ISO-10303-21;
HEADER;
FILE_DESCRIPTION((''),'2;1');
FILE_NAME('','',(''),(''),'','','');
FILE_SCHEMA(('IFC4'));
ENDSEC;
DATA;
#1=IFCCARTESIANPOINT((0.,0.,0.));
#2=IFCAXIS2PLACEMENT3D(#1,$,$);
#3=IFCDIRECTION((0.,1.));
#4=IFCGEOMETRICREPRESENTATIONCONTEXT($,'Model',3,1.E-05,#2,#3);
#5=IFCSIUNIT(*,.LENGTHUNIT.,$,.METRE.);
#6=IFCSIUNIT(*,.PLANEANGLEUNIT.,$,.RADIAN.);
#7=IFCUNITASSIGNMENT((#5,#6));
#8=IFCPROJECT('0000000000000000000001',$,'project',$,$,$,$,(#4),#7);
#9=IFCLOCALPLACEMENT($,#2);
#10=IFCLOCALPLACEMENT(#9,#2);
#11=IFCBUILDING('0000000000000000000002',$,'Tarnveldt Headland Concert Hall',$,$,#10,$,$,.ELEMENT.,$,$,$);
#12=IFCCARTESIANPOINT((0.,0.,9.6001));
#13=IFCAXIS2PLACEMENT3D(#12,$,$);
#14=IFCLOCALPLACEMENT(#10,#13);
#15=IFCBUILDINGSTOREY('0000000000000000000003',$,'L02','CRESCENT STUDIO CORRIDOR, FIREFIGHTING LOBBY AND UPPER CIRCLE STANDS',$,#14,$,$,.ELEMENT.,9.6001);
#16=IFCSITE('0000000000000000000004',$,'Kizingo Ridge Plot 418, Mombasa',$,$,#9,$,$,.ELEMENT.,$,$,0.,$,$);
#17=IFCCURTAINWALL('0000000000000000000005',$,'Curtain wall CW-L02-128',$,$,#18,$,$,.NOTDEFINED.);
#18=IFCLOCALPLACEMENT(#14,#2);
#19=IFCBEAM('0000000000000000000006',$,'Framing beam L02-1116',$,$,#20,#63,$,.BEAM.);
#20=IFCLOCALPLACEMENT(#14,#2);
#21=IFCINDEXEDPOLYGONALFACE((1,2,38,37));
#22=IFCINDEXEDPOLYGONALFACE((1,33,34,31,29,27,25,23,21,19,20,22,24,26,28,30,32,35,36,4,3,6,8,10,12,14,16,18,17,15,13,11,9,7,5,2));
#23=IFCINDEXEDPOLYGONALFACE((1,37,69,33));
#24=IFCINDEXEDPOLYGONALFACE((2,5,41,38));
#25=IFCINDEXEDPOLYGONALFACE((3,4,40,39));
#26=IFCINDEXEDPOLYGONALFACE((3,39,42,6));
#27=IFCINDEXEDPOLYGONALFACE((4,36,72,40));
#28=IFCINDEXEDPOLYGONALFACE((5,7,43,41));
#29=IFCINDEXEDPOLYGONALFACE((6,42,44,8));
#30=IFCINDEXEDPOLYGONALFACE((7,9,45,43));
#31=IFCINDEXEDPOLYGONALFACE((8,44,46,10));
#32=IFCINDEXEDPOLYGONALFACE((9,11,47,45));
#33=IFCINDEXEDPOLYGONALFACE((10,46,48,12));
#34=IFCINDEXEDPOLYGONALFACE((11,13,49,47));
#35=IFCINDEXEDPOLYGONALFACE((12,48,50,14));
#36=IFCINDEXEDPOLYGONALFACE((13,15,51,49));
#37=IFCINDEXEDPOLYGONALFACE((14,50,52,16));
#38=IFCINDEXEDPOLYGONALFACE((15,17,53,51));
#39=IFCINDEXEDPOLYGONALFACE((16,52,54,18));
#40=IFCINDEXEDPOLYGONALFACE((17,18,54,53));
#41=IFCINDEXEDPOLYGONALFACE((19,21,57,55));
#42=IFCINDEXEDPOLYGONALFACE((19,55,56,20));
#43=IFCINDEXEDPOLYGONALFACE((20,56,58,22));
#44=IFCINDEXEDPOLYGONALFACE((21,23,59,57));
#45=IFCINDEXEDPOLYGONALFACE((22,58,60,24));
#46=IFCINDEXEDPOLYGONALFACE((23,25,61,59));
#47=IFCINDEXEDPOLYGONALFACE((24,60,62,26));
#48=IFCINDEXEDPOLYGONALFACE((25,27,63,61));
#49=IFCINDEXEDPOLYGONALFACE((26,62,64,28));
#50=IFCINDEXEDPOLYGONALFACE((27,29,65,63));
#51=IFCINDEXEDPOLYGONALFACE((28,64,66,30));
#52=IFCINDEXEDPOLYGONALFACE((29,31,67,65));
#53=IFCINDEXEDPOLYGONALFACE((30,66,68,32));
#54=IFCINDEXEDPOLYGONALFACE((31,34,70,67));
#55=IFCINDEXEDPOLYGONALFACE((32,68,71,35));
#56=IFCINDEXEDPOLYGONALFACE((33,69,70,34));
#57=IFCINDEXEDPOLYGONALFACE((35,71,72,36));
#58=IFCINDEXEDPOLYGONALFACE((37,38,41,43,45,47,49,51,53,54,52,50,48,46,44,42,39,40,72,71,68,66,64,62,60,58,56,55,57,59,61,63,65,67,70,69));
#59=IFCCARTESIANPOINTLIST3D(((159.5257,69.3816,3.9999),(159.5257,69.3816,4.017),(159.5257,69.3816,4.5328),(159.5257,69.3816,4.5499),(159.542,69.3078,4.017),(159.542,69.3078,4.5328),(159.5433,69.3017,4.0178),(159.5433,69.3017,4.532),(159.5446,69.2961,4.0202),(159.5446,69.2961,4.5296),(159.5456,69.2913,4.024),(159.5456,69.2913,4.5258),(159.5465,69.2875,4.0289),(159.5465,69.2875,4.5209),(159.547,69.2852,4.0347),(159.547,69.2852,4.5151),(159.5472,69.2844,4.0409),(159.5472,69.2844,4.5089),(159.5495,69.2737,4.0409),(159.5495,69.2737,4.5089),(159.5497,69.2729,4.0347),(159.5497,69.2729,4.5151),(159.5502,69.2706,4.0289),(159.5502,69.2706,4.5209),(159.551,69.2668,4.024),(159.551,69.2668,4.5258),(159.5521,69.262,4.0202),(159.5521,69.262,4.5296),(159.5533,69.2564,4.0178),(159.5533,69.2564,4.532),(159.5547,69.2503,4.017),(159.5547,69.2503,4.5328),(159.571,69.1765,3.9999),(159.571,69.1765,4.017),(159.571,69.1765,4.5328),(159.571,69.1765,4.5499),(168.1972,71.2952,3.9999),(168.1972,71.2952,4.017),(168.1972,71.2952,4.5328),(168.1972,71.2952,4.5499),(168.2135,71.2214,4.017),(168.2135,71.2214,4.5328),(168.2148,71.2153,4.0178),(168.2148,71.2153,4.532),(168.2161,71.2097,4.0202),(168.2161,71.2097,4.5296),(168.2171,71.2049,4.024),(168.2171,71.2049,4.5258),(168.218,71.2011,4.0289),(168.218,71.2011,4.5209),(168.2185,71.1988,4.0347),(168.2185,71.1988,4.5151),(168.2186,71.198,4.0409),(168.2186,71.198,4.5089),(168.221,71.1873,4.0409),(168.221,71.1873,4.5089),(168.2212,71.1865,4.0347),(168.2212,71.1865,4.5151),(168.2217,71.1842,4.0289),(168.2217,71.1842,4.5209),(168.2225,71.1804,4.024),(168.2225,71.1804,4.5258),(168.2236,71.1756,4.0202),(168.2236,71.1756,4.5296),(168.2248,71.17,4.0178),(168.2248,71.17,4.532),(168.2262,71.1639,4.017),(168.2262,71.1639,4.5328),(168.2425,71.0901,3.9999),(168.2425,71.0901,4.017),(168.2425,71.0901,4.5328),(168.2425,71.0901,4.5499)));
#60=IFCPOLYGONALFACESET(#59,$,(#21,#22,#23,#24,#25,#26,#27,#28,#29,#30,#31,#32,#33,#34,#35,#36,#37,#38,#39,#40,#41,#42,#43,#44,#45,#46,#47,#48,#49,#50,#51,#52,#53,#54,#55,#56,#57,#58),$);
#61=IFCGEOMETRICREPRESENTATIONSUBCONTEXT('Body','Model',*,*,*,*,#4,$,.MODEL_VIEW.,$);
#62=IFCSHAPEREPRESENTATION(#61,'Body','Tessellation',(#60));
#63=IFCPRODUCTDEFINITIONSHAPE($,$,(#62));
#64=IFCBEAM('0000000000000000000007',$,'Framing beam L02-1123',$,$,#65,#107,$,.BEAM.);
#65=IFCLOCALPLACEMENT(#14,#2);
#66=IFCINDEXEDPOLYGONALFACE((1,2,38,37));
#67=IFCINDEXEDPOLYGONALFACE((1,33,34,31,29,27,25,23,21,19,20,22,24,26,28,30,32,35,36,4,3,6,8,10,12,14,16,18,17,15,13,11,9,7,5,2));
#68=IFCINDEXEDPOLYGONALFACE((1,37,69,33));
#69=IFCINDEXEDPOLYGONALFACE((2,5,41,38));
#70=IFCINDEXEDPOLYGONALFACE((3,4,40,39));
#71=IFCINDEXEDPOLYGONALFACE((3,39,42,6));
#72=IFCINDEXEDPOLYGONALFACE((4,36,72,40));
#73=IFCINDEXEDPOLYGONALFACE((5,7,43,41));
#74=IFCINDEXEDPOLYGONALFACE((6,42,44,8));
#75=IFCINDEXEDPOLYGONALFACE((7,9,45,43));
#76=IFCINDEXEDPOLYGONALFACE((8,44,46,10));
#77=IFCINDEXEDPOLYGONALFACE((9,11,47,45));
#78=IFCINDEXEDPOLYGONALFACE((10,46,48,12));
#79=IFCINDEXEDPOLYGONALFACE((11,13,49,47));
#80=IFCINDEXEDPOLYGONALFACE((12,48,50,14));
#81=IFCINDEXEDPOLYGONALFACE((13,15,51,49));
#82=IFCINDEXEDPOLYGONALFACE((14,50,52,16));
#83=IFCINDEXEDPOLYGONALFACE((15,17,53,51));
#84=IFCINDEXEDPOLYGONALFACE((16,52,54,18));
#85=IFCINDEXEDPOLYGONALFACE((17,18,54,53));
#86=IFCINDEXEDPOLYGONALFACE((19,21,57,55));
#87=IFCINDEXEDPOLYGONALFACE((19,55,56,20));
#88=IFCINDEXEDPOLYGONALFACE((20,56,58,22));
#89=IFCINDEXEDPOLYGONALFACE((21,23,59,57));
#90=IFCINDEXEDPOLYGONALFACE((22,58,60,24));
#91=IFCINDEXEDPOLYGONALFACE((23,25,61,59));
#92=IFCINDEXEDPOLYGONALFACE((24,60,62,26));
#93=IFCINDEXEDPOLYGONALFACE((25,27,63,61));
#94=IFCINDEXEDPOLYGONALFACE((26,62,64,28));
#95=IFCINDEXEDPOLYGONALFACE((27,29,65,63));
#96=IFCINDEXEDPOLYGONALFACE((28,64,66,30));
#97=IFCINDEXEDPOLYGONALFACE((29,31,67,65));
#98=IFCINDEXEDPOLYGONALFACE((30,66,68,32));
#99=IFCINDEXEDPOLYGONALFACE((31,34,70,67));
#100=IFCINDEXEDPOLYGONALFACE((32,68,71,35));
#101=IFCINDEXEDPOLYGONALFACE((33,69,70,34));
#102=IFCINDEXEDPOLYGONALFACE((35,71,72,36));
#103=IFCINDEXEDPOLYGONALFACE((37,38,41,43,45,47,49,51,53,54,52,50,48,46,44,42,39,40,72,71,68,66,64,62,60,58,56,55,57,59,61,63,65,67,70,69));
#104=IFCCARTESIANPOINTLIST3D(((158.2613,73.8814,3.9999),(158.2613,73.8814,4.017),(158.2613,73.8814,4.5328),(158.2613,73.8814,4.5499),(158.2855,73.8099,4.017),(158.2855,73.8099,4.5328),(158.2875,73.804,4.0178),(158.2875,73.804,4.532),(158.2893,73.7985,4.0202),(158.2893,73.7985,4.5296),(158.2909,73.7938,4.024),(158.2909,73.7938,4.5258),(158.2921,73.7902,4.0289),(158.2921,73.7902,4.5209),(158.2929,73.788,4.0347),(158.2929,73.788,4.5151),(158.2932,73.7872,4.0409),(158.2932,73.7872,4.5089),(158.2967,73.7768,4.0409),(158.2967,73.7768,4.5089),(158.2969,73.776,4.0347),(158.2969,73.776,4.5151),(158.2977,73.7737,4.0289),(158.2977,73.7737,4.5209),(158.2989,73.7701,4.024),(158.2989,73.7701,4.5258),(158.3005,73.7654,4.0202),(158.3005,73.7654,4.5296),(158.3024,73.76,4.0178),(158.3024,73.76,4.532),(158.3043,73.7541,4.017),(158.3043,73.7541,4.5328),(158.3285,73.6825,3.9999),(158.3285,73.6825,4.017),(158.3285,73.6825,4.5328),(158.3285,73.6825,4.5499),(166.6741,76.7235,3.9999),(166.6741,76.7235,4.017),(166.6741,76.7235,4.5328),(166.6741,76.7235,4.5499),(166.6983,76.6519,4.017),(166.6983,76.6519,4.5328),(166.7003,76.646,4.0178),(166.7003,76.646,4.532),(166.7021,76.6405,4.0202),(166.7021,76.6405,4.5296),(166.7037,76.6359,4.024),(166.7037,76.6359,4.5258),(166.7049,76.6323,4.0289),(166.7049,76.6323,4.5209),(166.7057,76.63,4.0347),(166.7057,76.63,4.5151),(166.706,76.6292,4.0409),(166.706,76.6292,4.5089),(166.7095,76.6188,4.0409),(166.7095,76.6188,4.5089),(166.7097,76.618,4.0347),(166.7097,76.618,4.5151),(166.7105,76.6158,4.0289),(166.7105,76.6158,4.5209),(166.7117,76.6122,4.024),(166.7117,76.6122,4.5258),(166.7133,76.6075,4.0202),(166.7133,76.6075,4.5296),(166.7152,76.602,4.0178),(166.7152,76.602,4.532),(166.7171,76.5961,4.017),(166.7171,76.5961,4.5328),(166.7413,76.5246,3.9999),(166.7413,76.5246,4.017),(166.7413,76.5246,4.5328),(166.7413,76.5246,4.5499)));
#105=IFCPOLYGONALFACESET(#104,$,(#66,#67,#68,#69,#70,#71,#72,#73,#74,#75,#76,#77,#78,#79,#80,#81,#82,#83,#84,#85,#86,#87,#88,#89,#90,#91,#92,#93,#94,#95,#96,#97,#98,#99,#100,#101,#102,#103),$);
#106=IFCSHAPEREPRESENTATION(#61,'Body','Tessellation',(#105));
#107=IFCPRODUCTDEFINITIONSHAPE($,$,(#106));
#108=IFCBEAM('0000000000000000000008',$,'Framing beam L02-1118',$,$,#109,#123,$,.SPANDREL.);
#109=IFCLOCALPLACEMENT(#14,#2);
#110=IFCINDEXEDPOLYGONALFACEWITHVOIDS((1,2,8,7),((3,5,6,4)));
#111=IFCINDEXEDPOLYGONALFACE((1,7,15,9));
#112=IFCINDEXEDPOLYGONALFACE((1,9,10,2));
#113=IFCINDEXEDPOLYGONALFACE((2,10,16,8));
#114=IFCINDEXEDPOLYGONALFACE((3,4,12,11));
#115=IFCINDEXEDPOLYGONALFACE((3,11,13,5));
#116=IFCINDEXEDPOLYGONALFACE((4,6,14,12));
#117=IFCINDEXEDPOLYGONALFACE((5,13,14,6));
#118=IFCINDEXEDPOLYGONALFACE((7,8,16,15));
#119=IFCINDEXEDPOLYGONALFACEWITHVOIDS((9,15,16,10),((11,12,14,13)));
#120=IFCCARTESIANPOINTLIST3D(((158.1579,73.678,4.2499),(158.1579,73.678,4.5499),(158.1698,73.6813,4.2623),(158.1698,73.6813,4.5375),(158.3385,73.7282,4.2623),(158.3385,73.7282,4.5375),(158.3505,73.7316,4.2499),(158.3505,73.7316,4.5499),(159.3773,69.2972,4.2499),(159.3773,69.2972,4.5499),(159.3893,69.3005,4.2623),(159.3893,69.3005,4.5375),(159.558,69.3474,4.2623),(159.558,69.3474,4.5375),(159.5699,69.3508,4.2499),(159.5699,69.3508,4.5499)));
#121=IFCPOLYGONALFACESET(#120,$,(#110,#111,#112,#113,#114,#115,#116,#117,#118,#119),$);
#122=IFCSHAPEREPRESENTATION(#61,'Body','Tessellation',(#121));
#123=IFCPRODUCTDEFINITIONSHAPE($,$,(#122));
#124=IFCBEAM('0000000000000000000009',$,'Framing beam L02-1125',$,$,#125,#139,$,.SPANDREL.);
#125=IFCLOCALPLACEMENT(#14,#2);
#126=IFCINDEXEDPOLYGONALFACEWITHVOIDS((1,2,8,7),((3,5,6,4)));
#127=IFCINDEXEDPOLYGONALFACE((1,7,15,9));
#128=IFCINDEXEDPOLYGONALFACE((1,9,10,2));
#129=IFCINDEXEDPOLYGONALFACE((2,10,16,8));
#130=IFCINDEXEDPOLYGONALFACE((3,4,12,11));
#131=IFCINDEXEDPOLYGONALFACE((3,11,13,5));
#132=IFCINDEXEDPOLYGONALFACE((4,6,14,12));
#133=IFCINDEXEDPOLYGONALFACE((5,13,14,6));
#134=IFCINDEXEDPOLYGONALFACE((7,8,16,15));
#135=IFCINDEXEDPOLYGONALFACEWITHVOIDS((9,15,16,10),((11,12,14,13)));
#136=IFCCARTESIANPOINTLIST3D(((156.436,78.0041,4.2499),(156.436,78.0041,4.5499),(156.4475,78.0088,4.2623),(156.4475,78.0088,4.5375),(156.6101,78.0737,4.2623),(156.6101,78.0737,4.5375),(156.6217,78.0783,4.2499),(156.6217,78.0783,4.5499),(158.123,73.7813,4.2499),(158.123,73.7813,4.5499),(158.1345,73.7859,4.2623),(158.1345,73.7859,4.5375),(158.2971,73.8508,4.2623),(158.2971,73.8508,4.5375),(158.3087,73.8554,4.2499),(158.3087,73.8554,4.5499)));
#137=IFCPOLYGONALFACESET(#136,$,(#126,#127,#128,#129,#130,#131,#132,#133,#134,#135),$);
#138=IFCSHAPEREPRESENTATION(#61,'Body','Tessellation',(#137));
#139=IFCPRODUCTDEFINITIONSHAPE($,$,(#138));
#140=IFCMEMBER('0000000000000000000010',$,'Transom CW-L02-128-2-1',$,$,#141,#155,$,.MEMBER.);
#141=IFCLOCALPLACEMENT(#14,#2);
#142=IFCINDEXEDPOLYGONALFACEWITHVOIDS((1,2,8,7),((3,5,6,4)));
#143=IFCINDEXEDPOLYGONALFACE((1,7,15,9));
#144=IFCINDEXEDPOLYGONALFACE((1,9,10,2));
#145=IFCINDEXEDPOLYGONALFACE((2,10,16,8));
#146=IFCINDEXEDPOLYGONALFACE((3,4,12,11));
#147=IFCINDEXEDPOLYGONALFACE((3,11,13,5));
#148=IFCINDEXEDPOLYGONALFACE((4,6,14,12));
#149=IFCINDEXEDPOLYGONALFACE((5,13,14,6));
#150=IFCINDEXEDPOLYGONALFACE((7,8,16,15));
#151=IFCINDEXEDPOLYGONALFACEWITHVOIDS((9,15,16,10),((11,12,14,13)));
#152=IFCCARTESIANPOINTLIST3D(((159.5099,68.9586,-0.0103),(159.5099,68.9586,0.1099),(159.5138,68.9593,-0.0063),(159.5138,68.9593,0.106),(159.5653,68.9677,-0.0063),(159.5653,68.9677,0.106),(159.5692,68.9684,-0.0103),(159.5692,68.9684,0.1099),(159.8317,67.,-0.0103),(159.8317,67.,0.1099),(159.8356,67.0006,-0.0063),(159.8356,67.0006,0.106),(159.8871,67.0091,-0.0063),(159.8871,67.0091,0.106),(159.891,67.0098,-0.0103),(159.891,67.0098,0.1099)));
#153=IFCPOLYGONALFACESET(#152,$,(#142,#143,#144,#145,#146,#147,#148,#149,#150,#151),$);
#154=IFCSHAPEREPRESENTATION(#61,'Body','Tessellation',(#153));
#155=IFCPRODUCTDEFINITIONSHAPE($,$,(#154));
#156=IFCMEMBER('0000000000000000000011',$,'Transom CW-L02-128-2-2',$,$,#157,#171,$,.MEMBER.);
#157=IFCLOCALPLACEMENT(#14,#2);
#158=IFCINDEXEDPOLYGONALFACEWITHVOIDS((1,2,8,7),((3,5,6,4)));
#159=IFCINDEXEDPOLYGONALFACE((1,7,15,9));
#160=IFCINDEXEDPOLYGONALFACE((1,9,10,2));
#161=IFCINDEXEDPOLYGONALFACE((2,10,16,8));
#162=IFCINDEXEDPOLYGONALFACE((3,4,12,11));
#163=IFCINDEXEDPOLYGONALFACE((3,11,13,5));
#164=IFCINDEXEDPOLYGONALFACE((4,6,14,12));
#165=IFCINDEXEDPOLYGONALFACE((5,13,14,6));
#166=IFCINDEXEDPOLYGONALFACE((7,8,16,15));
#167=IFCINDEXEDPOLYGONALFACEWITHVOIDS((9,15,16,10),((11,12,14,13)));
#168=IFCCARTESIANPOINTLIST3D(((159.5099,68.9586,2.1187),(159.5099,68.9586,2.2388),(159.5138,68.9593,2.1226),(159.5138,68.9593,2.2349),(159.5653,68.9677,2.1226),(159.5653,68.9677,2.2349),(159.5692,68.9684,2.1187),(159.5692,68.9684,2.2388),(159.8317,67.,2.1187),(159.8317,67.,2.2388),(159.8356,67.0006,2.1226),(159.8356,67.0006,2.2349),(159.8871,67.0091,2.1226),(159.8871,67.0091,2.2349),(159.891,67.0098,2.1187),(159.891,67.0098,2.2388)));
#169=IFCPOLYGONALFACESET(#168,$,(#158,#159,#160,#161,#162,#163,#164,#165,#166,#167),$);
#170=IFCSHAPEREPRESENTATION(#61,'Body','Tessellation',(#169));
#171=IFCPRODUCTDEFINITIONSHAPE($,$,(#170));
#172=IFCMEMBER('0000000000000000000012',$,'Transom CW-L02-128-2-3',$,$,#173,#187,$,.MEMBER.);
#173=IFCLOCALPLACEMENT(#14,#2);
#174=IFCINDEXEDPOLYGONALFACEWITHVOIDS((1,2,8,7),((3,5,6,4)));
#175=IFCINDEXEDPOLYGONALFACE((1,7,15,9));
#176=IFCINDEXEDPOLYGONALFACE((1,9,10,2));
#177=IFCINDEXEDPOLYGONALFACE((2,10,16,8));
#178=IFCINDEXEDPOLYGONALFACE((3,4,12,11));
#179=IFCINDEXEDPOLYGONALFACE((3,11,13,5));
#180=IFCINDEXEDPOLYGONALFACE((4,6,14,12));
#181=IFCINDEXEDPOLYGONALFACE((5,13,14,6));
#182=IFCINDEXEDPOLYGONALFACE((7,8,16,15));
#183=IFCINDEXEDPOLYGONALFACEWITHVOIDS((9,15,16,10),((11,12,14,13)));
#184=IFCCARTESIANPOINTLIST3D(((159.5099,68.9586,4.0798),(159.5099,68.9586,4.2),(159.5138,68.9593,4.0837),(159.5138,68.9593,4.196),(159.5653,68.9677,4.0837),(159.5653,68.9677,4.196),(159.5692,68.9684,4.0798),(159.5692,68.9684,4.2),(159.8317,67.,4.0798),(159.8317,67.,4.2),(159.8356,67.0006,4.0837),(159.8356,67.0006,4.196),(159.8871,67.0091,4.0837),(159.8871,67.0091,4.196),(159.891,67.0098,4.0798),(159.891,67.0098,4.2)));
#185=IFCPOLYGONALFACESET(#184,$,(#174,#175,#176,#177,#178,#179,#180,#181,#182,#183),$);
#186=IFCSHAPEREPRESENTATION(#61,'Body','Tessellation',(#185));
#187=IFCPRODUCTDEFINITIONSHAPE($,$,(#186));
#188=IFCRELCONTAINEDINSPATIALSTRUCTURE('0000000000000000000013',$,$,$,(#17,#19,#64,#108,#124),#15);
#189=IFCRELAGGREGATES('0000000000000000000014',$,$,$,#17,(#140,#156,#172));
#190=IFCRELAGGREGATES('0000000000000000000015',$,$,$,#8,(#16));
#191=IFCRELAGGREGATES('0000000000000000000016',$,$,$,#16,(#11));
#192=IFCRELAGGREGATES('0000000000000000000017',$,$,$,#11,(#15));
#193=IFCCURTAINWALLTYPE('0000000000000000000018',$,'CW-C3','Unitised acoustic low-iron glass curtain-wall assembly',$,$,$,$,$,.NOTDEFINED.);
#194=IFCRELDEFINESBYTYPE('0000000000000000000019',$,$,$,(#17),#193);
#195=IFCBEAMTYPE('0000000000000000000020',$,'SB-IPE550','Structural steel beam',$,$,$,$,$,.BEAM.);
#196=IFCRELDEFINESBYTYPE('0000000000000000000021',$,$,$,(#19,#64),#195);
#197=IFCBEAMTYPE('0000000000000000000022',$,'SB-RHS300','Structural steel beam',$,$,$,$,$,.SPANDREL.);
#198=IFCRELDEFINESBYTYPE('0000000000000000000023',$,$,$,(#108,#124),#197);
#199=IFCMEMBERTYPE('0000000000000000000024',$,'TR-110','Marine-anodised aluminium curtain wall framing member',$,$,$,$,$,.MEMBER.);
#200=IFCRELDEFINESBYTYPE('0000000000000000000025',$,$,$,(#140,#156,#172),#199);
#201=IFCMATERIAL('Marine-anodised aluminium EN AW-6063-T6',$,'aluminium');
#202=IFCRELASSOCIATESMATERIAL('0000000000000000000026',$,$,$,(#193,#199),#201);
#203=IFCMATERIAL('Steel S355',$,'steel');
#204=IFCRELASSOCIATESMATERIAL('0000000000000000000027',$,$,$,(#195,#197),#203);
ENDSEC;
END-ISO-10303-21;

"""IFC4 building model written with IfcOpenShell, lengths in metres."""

from ifc_helpers import new_model, si_unit, direction, frame, origin, origin_2d, place, context, subcontext, project, spatial, hollow_rectangle, i_section, extrude, material, material_profile, profile_set, type_object, element, aggregate, save


model = new_model("IFC4")

# Units and contexts
model_context = context("Model", 3, precision=1e-05, world=origin(), true_north=direction((0.0, 1.0)))
body_context = subcontext(model_context, "Body", "Model", "MODEL_VIEW")
ifc_project = project(units=[si_unit("LENGTHUNIT", "METRE"), si_unit("PLANEANGLEUNIT", "RADIAN")], contexts=[model_context])

# Site, building, storey
site_placement = place(None, origin())
site = spatial("IfcSite", under=ifc_project, at=site_placement, Name="Kizingo Ridge Plot 418, Mombasa", CompositionType="ELEMENT", RefElevation=0.0)
building_placement = place(site_placement, origin())
building = spatial("IfcBuilding", under=site, at=building_placement, Name="Tarnveldt Headland Concert Hall", CompositionType="ELEMENT")
storey_placement = place(building_placement, frame((0.0, 0.0, 9.6001)))
storey = spatial("IfcBuildingStorey", under=building, at=storey_placement, Name="L02", Description="CRESCENT STUDIO CORRIDOR, FIREFIGHTING LOBBY AND UPPER CIRCLE STANDS", CompositionType="ELEMENT", Elevation=9.6001)

# Shared definitions
ifc_material_1 = material(Name="Steel S355", Category="steel")

# Curtain wall
ifc_material_2 = material(Name="Marine-anodised aluminium EN AW-6063-T6", Category="aluminium")
curtain_wall_type = type_object("IfcCurtainWallType", Name="CW-C3", Description="Unitised acoustic low-iron glass curtain-wall assembly", PredefinedType="NOTDEFINED", material=ifc_material_2)
curtain_wall_1_placement = place(storey_placement, origin())
curtain_wall_1 = element("IfcCurtainWall", 1, at=curtain_wall_1_placement, inside=storey, type_object=curtain_wall_type, Name="Curtain wall CW-L02-128", PredefinedType="NOTDEFINED")

# Beams
ifc_material_profile_1 = material_profile(ifc_material_1, i_section(OverallWidth=0.21, OverallDepth=0.55, WebThickness=0.011, FlangeThickness=0.0171, FilletRadius=0.0239, at=origin_2d()), Name="IPE550", Category="steel")
ifc_profile_set_1 = profile_set([ifc_material_profile_1], Name="Steel S355")
beam_type_1 = type_object("IfcBeamType", Name="SB-IPE550", Description="Structural steel beam", PredefinedType="BEAM", material=ifc_profile_set_1)
beam_1_placement = place(storey_placement, frame((159.5483, 69.2791, 4.2749), z_axis=(0.976506, 0.215492, 0.0), x_axis=(-0.215492, 0.976506, 0.0)))
element("IfcBeam", 2, at=beam_1_placement, inside=storey, type_object=beam_type_1, Name="Framing beam L02-1116", PredefinedType="BEAM", context=body_context, shape_type="SweptSolid", body=[
    extrude(i_section(OverallWidth=0.21, OverallDepth=0.55, WebThickness=0.011, FlangeThickness=0.0171, FilletRadius=0.0239, at=origin_2d()), origin(), (0.0, 0.0, 1.0), 8.8801),
])
beam_2_placement = place(storey_placement, frame((158.2949, 73.782, 4.2749), z_axis=(0.9474, 0.320052, 0.0), x_axis=(-0.320052, 0.9474, 0.0)))
element("IfcBeam", 3, at=beam_2_placement, inside=storey, type_object=beam_type_1, Name="Framing beam L02-1123", PredefinedType="BEAM", context=body_context, shape_type="SweptSolid", body=[
    extrude(i_section(OverallWidth=0.21, OverallDepth=0.55, WebThickness=0.011, FlangeThickness=0.0171, FilletRadius=0.0239, at=origin_2d()), origin(), (0.0, 0.0, 1.0), 8.8799),
])
ifc_material_profile_2 = material_profile(ifc_material_1, hollow_rectangle(XDim=0.2, YDim=0.3, WallThickness=0.0125, at=origin_2d()), Name="RHS 300x200x12.5", Category="steel")
ifc_profile_set_2 = profile_set([ifc_material_profile_2], Name="Steel S355")
beam_type_2 = type_object("IfcBeamType", Name="SB-RHS300", Description="Structural steel beam", PredefinedType="SPANDREL", material=ifc_profile_set_2)
for number, where, z_axis, x_axis, name in (
    (4, (159.4736, 69.324, 4.3999), (-0.26817, 0.963372, 0.0), (-0.963372, -0.26817, 0.0), "Framing beam L02-1118"),
    (5, (158.2158, 73.8184, 4.3999), (-0.370983, 0.92864, 0.0), (-0.92864, -0.370983, 0.0), "Framing beam L02-1125"),
):
    element("IfcBeam", number, at=place(storey_placement, frame(where, z_axis=z_axis, x_axis=x_axis)), inside=storey, type_object=beam_type_2, Name=name, PredefinedType="SPANDREL", context=body_context, shape_type="SweptSolid", body=[
        extrude(hollow_rectangle(XDim=0.2, YDim=0.3, WallThickness=0.0125, at=origin_2d()), origin(), (0.0, 0.0, 1.0), 4.5474),
    ])

# Members
ifc_material_profile_3 = material_profile(ifc_material_2, hollow_rectangle(XDim=0.0601, YDim=0.1201, WallThickness=0.0039, at=origin_2d()), Name="ALU TRANSOM 60x120x4", Category="aluminium")
ifc_profile_set_3 = profile_set([ifc_material_profile_3], Name="Marine-anodised aluminium EN AW-6063-T6")
member_type_1 = type_object("IfcMemberType", Name="TR-110", Description="Marine-anodised aluminium curtain wall framing member", PredefinedType="MEMBER", material=ifc_profile_set_3)
member_1_placement = place(storey_placement, frame((159.8613, 67.0049, 0.0498), z_axis=(-0.162125, 0.98677, 0.0), x_axis=(-0.98677, -0.162125, 0.0)))
member_1 = element("IfcMember", 6, at=member_1_placement, type_object=member_type_1, Name="Transom CW-L02-128-2-1", PredefinedType="MEMBER", context=body_context, shape_type="SweptSolid", body=[
    extrude(hollow_rectangle(XDim=0.0601, YDim=0.1201, WallThickness=0.0039, at=origin_2d()), origin(), (0.0, 0.0, 1.0), 1.9849),
])
member_2_placement = place(storey_placement, frame((159.8613, 67.0049, 2.1787), z_axis=(-0.162125, 0.98677, 0.0), x_axis=(-0.98677, -0.162125, 0.0)))
member_2 = element("IfcMember", 7, at=member_2_placement, type_object=member_type_1, Name="Transom CW-L02-128-2-2", PredefinedType="MEMBER", context=body_context, shape_type="SweptSolid", body=[
    extrude(hollow_rectangle(XDim=0.0601, YDim=0.1201, WallThickness=0.0039, at=origin_2d()), origin(), (0.0, 0.0, 1.0), 1.9849),
])
member_3_placement = place(storey_placement, frame((159.8613, 67.0049, 4.1399), z_axis=(-0.162125, 0.98677, 0.0), x_axis=(-0.98677, -0.162125, 0.0)))
member_3 = element("IfcMember", 8, at=member_3_placement, type_object=member_type_1, Name="Transom CW-L02-128-2-3", PredefinedType="MEMBER", context=body_context, shape_type="SweptSolid", body=[
    extrude(hollow_rectangle(XDim=0.0601, YDim=0.1201, WallThickness=0.0039, at=origin_2d()), origin(), (0.0, 0.0, 1.0), 1.9849),
])

aggregate(curtain_wall_1, [member_1, member_2, member_3])

save(model, "model.ifc")
